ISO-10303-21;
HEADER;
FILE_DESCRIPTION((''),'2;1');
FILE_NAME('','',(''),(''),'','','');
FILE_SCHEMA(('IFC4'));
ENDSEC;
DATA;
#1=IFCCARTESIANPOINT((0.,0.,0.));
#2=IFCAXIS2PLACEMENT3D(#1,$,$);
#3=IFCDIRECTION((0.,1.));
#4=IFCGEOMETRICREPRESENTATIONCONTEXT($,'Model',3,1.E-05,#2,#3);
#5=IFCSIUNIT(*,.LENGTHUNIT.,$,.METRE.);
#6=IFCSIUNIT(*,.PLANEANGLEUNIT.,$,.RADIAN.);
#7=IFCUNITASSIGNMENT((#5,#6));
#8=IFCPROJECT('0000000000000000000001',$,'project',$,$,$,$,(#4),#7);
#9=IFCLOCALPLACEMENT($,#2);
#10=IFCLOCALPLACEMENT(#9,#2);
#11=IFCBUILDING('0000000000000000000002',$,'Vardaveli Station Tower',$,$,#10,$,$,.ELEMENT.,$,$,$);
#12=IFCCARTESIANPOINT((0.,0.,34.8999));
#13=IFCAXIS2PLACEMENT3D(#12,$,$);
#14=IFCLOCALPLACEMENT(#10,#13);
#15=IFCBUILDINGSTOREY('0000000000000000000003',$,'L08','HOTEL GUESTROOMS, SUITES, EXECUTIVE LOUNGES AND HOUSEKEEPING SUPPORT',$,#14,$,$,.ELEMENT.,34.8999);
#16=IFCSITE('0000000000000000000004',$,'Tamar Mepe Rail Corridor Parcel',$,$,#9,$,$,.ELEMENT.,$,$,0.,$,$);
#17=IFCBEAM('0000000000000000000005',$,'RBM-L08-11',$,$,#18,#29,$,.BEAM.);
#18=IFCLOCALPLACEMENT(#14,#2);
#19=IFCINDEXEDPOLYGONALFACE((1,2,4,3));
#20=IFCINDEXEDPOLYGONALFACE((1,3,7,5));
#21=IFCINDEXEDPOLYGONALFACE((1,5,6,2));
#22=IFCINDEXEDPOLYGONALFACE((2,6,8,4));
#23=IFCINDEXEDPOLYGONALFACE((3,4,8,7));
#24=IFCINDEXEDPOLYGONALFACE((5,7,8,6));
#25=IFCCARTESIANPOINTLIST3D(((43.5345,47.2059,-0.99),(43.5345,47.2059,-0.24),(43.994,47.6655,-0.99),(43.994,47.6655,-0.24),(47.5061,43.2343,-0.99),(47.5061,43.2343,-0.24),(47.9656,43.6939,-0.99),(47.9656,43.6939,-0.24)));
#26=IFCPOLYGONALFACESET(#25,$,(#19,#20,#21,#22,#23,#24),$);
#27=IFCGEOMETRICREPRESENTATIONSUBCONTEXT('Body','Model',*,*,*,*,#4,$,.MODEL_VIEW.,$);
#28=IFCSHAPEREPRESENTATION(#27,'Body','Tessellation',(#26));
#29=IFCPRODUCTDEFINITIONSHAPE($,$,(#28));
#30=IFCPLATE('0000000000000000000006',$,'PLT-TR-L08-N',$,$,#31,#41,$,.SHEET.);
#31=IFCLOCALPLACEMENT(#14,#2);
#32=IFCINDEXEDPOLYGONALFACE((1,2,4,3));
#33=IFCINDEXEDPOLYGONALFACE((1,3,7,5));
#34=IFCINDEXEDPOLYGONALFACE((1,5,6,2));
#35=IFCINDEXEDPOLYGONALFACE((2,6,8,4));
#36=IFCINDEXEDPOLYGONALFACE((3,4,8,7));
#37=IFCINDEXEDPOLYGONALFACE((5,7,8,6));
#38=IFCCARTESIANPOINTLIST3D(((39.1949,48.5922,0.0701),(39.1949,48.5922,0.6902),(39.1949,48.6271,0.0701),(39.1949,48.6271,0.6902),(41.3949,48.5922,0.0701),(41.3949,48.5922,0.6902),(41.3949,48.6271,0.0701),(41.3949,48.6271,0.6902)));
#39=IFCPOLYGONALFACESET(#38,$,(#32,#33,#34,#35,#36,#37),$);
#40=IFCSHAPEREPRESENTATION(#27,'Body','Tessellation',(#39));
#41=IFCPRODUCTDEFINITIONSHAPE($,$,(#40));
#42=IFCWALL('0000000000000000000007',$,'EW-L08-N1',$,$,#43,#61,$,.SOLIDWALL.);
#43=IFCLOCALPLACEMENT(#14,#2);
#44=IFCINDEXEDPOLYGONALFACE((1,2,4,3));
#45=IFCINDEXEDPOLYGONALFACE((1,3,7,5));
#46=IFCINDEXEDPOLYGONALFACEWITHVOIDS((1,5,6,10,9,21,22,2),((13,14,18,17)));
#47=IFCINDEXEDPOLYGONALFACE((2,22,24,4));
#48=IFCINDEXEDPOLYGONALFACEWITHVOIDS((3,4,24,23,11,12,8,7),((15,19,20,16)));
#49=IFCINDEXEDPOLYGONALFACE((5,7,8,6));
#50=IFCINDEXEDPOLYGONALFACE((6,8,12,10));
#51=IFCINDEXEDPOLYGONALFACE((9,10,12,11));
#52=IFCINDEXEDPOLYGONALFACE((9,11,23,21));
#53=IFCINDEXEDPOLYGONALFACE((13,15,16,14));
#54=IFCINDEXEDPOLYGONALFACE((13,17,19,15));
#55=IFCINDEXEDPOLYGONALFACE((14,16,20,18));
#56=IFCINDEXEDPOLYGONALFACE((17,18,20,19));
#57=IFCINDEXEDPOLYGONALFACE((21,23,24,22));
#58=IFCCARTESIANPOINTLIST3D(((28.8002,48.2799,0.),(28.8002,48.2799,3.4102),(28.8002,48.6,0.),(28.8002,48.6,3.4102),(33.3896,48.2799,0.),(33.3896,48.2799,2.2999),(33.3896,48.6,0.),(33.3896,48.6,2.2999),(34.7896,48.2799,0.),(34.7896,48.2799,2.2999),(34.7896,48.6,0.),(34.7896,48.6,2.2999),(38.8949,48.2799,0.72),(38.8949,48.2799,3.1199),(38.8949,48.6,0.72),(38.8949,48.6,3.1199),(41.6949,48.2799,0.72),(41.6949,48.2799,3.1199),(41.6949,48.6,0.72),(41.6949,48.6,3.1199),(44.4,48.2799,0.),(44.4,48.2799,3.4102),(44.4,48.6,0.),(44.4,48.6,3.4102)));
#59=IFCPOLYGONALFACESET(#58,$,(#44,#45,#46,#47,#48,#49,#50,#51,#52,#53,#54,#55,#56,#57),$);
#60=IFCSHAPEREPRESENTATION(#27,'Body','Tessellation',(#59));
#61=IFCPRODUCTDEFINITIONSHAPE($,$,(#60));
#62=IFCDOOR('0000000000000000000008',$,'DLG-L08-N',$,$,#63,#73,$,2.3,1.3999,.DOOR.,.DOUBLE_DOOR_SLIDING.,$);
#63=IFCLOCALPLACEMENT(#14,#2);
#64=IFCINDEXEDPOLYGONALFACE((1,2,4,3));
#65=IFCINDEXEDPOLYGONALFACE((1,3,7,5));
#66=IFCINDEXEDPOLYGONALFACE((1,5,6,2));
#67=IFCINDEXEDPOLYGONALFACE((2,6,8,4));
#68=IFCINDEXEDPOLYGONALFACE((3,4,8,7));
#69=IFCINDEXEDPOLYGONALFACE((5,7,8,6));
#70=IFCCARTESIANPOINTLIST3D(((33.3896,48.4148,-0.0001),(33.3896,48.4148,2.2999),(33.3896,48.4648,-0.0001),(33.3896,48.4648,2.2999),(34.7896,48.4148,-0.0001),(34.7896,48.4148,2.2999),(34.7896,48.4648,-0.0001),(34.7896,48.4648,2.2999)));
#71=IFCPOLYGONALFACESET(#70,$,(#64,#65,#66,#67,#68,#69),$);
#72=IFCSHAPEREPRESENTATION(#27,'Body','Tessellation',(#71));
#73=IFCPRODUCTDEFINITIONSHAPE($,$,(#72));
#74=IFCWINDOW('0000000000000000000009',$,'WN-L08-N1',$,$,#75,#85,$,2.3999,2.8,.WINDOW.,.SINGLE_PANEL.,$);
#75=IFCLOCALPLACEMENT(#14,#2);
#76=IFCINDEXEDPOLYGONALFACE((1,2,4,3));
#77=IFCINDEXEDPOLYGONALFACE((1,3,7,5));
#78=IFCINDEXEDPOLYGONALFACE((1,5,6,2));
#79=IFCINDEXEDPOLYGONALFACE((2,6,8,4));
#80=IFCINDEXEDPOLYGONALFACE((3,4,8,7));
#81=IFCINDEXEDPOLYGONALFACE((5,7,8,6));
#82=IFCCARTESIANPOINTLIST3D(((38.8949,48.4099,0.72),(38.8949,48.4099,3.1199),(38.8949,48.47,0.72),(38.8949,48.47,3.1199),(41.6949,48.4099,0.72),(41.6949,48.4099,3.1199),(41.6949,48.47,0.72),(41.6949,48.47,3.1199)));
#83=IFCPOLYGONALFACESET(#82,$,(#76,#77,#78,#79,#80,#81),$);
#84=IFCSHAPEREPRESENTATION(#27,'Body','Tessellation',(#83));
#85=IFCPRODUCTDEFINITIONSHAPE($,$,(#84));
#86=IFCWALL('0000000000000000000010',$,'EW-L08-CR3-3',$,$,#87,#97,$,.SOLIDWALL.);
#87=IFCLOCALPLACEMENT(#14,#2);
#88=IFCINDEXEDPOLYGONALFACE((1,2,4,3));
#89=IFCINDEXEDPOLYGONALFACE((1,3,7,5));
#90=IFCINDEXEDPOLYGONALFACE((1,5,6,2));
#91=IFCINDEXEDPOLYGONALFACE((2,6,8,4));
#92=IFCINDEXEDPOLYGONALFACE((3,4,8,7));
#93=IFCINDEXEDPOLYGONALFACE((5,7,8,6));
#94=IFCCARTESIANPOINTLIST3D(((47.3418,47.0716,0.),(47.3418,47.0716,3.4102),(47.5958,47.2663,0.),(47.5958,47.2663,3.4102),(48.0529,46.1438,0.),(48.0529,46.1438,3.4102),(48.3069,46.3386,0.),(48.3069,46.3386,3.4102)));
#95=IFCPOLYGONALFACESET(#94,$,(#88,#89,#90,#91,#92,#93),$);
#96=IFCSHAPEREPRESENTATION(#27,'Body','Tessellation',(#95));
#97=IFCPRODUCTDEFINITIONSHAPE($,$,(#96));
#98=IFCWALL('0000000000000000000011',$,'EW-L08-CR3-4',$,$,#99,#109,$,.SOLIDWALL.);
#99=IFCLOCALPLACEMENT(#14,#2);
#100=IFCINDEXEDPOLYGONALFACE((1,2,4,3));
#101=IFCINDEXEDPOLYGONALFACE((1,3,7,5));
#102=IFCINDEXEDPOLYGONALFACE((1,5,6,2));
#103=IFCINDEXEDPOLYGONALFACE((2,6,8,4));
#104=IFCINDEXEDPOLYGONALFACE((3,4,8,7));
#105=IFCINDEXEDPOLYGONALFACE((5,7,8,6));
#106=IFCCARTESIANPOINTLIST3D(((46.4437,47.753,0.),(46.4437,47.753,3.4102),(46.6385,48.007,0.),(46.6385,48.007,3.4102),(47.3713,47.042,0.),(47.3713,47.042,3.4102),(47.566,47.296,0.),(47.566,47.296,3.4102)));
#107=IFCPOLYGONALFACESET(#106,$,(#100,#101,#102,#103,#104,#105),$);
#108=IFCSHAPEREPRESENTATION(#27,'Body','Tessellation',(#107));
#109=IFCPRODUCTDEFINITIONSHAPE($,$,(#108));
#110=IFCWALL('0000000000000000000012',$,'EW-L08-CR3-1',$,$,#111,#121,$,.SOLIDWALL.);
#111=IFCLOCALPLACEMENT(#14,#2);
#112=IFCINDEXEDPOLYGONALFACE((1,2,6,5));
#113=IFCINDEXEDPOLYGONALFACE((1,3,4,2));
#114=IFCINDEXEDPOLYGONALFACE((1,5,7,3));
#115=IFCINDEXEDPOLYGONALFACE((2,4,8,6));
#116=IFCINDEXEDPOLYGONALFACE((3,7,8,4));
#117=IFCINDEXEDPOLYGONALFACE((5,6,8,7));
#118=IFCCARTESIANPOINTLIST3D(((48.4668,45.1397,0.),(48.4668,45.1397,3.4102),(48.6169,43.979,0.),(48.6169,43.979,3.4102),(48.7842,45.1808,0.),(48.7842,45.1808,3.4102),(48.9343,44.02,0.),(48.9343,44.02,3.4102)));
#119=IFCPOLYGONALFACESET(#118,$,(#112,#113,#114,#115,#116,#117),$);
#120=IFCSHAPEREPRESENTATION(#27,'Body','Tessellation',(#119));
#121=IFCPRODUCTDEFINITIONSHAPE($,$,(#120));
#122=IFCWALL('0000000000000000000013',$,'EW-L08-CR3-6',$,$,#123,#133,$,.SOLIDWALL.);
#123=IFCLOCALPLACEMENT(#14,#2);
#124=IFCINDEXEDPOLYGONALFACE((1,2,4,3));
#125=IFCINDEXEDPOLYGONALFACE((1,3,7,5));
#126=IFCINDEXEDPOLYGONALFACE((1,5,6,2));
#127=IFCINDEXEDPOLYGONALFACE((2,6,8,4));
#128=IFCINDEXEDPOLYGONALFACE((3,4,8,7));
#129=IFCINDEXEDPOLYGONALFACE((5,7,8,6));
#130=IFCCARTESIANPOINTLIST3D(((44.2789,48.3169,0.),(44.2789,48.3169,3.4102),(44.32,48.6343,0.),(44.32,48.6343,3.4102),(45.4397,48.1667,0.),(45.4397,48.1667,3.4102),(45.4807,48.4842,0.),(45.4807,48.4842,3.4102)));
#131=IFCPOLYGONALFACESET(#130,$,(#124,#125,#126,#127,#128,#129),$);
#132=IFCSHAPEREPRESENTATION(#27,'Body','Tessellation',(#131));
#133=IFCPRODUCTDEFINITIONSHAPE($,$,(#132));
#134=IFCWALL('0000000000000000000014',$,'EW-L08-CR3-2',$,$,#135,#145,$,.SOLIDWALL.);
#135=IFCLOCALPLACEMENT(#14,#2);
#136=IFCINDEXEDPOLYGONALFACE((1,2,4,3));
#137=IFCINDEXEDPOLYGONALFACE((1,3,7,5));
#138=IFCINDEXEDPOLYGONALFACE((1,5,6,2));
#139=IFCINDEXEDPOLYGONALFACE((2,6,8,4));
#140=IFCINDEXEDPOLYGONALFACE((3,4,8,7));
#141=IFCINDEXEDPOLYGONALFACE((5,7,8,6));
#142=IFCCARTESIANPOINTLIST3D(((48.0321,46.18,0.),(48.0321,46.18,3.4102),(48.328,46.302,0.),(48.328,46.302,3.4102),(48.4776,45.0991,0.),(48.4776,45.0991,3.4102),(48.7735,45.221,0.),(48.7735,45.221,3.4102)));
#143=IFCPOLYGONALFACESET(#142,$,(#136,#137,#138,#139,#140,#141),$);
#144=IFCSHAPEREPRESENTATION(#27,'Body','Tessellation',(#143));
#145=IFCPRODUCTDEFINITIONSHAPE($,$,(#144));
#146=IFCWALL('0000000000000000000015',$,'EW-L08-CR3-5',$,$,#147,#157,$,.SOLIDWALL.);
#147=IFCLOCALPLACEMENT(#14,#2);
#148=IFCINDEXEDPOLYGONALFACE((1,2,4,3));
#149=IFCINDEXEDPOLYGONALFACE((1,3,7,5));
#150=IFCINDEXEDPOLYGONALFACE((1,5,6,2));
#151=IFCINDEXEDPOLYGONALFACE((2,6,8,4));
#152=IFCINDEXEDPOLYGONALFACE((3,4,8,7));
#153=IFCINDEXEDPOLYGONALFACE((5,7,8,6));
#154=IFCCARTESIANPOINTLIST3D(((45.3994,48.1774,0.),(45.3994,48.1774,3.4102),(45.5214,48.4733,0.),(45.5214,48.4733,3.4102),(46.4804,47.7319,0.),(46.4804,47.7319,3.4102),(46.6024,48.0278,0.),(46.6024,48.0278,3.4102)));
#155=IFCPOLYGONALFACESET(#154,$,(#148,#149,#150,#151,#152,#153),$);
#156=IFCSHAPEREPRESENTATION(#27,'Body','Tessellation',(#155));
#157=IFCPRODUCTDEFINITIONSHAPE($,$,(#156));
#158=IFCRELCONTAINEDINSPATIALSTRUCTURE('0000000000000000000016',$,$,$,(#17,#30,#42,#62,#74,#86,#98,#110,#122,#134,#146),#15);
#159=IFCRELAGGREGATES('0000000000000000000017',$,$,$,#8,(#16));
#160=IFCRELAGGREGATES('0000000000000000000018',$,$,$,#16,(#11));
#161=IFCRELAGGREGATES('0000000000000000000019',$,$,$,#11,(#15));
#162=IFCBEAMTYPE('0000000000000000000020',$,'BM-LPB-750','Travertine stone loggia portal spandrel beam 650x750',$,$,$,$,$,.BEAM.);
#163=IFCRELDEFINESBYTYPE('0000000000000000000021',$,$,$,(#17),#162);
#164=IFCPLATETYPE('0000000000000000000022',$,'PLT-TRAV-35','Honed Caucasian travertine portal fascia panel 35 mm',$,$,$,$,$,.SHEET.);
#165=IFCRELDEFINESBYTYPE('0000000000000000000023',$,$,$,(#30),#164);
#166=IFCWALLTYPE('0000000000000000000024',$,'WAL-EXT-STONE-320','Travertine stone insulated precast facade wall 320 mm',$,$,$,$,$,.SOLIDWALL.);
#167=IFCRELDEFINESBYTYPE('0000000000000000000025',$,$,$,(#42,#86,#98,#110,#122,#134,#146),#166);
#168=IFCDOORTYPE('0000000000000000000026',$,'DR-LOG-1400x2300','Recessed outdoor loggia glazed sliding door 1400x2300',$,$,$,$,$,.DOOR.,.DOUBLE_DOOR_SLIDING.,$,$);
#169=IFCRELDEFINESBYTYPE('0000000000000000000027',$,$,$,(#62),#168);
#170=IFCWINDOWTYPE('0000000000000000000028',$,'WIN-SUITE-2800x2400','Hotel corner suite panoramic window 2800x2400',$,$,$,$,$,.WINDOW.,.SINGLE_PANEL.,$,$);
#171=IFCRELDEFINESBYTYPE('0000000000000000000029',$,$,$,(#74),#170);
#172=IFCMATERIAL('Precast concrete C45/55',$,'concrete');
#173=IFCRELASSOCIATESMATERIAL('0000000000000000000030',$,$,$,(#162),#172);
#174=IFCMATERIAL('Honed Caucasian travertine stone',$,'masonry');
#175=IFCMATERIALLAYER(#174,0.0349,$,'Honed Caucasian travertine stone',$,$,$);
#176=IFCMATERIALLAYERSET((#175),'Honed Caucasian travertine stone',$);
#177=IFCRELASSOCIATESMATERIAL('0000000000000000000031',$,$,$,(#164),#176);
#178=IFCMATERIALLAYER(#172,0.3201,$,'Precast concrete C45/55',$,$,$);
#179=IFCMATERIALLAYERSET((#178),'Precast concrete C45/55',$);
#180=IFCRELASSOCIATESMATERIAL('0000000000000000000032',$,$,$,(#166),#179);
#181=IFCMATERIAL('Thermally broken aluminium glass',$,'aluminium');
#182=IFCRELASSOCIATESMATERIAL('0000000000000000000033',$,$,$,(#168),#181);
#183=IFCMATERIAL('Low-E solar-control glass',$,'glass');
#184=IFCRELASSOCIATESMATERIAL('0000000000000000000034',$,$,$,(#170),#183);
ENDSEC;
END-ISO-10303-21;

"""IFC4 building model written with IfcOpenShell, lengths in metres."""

from ifc_helpers import new_model, si_unit, direction, frame, frame_2d, origin, origin_2d, place, context, subcontext, project, spatial, rectangle, extrude, source, transform, mapped, material, layer, layer_set, material_profile, profile_set, type_object, element, fill, save


model = new_model("IFC4")

# Units and contexts
model_context = context("Model", 3, precision=1e-05, world=origin(), true_north=direction((0.0, 1.0)))
body_context = subcontext(model_context, "Body", "Model", "MODEL_VIEW")
ifc_project = project(units=[si_unit("LENGTHUNIT", "METRE"), si_unit("PLANEANGLEUNIT", "RADIAN")], contexts=[model_context])

# Site, building, storey
site_placement = place(None, origin())
site = spatial("IfcSite", under=ifc_project, at=site_placement, Name="Tamar Mepe Rail Corridor Parcel", CompositionType="ELEMENT", RefElevation=0.0)
building_placement = place(site_placement, origin())
building = spatial("IfcBuilding", under=site, at=building_placement, Name="Vardaveli Station Tower", CompositionType="ELEMENT")
storey_placement = place(building_placement, frame((0.0, 0.0, 34.8999)))
storey = spatial("IfcBuildingStorey", under=building, at=storey_placement, Name="L08", Description="HOTEL GUESTROOMS, SUITES, EXECUTIVE LOUNGES AND HOUSEKEEPING SUPPORT", CompositionType="ELEMENT", Elevation=34.8999)

# Beam
ifc_material_1 = material(Name="Precast concrete C45/55", Category="concrete")
ifc_material_profile_1 = material_profile(ifc_material_1, rectangle(XDim=0.6499, YDim=0.75, at=origin_2d()), Name="LPB 650x750")
ifc_profile_set_1 = profile_set([ifc_material_profile_1], Name="Precast concrete C45/55")
beam_type = type_object("IfcBeamType", Name="BM-LPB-750", Description="Travertine stone loggia portal spandrel beam 650x750", PredefinedType="BEAM", material=ifc_profile_set_1)
shared_shape_1 = source(origin(), body_context, "Body", "SweptSolid", [
    extrude(rectangle(XDim=0.6499, YDim=0.75, at=origin_2d()), origin(), (0.0, 0.0, 1.0), 5.6167),
])
beam_placement = place(storey_placement, frame((47.7358, 43.4641, -0.615), z_axis=(-0.707107, 0.707107, 0.0), x_axis=(-0.707107, -0.707107, 0.0)))
element("IfcBeam", 1, at=beam_placement, inside=storey, type_object=beam_type, Name="RBM-L08-11", PredefinedType="BEAM", context=body_context, shape_type="MappedRepresentation", body=[
    mapped(shared_shape_1, transform((0.0, 0.0, 0.0), scale=1.0)),
])

# Plate
ifc_material_2 = material(Name="Honed Caucasian travertine stone", Category="masonry")
ifc_layer_1 = layer(ifc_material_2, 0.0349, Name="Honed Caucasian travertine stone")
ifc_layer_set_1 = layer_set([ifc_layer_1], Name="Honed Caucasian travertine stone")
plate_type = type_object("IfcPlateType", Name="PLT-TRAV-35", Description="Honed Caucasian travertine portal fascia panel 35 mm", PredefinedType="SHEET", material=ifc_layer_set_1)
shared_shape_2 = source(origin(), body_context, "Body", "SweptSolid", [
    extrude(rectangle(XDim=2.2, YDim=0.0349, at=origin_2d()), origin(), (0.0, 0.0, 1.0), 0.6201),
])
plate_placement = place(storey_placement, frame((40.2949, 48.6096, 0.0701), z_axis=(0.0, 0.0, 1.0), x_axis=(1.0, 0.0, 0.0)))
element("IfcPlate", 2, at=plate_placement, inside=storey, type_object=plate_type, Name="PLT-TR-L08-N", PredefinedType="SHEET", context=body_context, shape_type="MappedRepresentation", body=[
    mapped(shared_shape_2, transform((0.0, 0.0, 0.0), scale=1.0)),
])

# Wall, openings, door, window
ifc_layer_2 = layer(ifc_material_1, 0.3201, Name="Precast concrete C45/55")
ifc_layer_set_2 = layer_set([ifc_layer_2], Name="Precast concrete C45/55")
wall_type_1 = type_object("IfcWallType", Name="WAL-EXT-STONE-320", Description="Travertine stone insulated precast facade wall 320 mm", PredefinedType="SOLIDWALL", material=ifc_layer_set_2)
shared_shape_3 = source(origin(), body_context, "Body", "SweptSolid", [
    extrude(rectangle(XDim=15.5999, YDim=0.3201, at=frame_2d((7.7998, 0.0))), origin(), (0.0, 0.0, 1.0), 3.4102),
])
wall_1_placement = place(storey_placement, frame((44.3999, 48.4399, 0.0), z_axis=(0.0, 0.0, 1.0), x_axis=(-1.0, 0.0, 0.0)))
wall_1 = element("IfcWall", 3, at=wall_1_placement, inside=storey, type_object=wall_type_1, Name="EW-L08-N1", PredefinedType="SOLIDWALL", context=body_context, shape_type="MappedRepresentation", body=[
    mapped(shared_shape_3, transform((0.0, 0.0, 0.0), scale=1.0)),
])
shared_shape_4 = source(origin(), body_context, "Body", "SweptSolid", [
    extrude(rectangle(XDim=1.3999, YDim=2.3, at=frame_2d((0.7, 1.1499))), frame((0.0, 0.1699, 0.0), z_axis=(0.0, -1.0, 0.0), x_axis=(1.0, 0.0, 0.0)), (0.0, 0.0, 1.0), 0.3401),
])
opening_1_placement = place(wall_1_placement, frame((9.6104, 0.0, 0.0)))
opening_1 = element("IfcOpeningElement", 4, at=opening_1_placement, cuts=wall_1, PredefinedType="OPENING", context=body_context, shape_type="MappedRepresentation", body=[
    mapped(shared_shape_4, transform((0.0, 0.0, 0.0), scale=1.0)),
])
shared_shape_5 = source(origin(), body_context, "Body", "SweptSolid", [
    extrude(rectangle(XDim=2.8, YDim=2.3999, at=frame_2d((1.3999, 1.2))), frame((0.0, 0.1699, 0.0), z_axis=(0.0, -1.0, 0.0), x_axis=(1.0, 0.0, 0.0)), (0.0, 0.0, 1.0), 0.3401),
])
opening_2_placement = place(wall_1_placement, frame((2.7051, 0.0, 0.72)))
opening_2 = element("IfcOpeningElement", 5, at=opening_2_placement, cuts=wall_1, PredefinedType="OPENING", context=body_context, shape_type="MappedRepresentation", body=[
    mapped(shared_shape_5, transform((0.0, 0.0, 0.0), scale=1.0)),
])
ifc_material_3 = material(Name="Thermally broken aluminium glass", Category="aluminium")
door_type = type_object("IfcDoorType", Name="DR-LOG-1400x2300", Description="Recessed outdoor loggia glazed sliding door 1400x2300", OperationType="DOUBLE_DOOR_SLIDING", PredefinedType="DOOR", material=ifc_material_3)
shared_shape_6 = source(origin(), body_context, "Body", "SweptSolid", [
    extrude(rectangle(XDim=1.3999, YDim=2.3, at=frame_2d((0.7, 1.1499))), frame((0.0, 0.0249, 0.0), z_axis=(0.0, -1.0, 0.0), x_axis=(1.0, 0.0, 0.0)), (0.0, 0.0, 1.0), 0.05),
])
door_placement = place(opening_1_placement, frame((1.3999, 0.0, 0.0), z_axis=(0.0, 0.0, 1.0), x_axis=(-1.0, 0.0, 0.0)))
door = element("IfcDoor", 6, at=door_placement, inside=storey, type_object=door_type, Name="DLG-L08-N", OperationType="DOUBLE_DOOR_SLIDING", OverallHeight=2.3, OverallWidth=1.3999, PredefinedType="DOOR", context=body_context, shape_type="MappedRepresentation", body=[
    mapped(shared_shape_6, transform((0.0, 0.0, 0.0), scale=1.0)),
])
fill(opening_1, door)
ifc_material_4 = material(Name="Low-E solar-control glass", Category="glass")
window_type = type_object("IfcWindowType", Name="WIN-SUITE-2800x2400", Description="Hotel corner suite panoramic window 2800x2400", PartitioningType="SINGLE_PANEL", PredefinedType="WINDOW", material=ifc_material_4)
shared_shape_7 = source(origin(), body_context, "Body", "SweptSolid", [
    extrude(rectangle(XDim=2.8, YDim=2.3999, at=frame_2d((1.3999, 1.2))), frame((0.0, 0.03, 0.0), z_axis=(0.0, -1.0, 0.0), x_axis=(1.0, 0.0, 0.0)), (0.0, 0.0, 1.0), 0.0601),
])
window_placement = place(opening_2_placement, origin())
window = element("IfcWindow", 7, at=window_placement, inside=storey, type_object=window_type, Name="WN-L08-N1", OverallHeight=2.3999, OverallWidth=2.8, PartitioningType="SINGLE_PANEL", PredefinedType="WINDOW", context=body_context, shape_type="MappedRepresentation", body=[
    mapped(shared_shape_7, transform((0.0, 0.0, 0.0), scale=1.0)),
])
fill(opening_2, window)

# Walls
shared_shape_8 = source(origin(), body_context, "Body", "SweptSolid", [
    extrude(rectangle(XDim=1.1689, YDim=0.3201, at=frame_2d((0.5845, 0.0))), origin(), (0.0, 0.0, 1.0), 3.4102),
])
wall_2_placement = place(storey_placement, frame((48.1799, 46.2412, 0.0), z_axis=(0.0, 0.0, 1.0), x_axis=(-0.608388, 0.79364, 0.0)))
element("IfcWall", 8, at=wall_2_placement, inside=storey, type_object=wall_type_1, Name="EW-L08-CR3-3", PredefinedType="SOLIDWALL", context=body_context, shape_type="MappedRepresentation", body=[
    mapped(shared_shape_8, transform((0.0, 0.0, 0.0), scale=1.0)),
])
shared_shape_9 = source(origin(), body_context, "Body", "SweptSolid", [
    extrude(rectangle(XDim=1.1687, YDim=0.3201, at=frame_2d((0.5845, 0.0))), origin(), (0.0, 0.0, 1.0), 3.4102),
])
wall_3_placement = place(storey_placement, frame((47.4688, 47.1689, 0.0), z_axis=(0.0, 0.0, 1.0), x_axis=(-0.793664, 0.608357, 0.0)))
element("IfcWall", 9, at=wall_3_placement, inside=storey, type_object=wall_type_1, Name="EW-L08-CR3-4", PredefinedType="SOLIDWALL", context=body_context, shape_type="MappedRepresentation", body=[
    mapped(shared_shape_9, transform((0.0, 0.0, 0.0), scale=1.0)),
])
shared_shape_10 = source(origin(), body_context, "Body", "SweptSolid", [
    extrude(rectangle(XDim=1.1704, YDim=0.3201, at=frame_2d((0.5852, 0.0))), origin(), (0.0, 0.0, 1.0), 3.4102),
])
for number, where, z_axis, x_axis, name in (
    (10, (48.7756, 43.9995, 0.0), (0.0, 0.0, 1.0), (-0.128296, 0.991736, 0.0), "EW-L08-CR3-1"),
    (11, (45.4602, 48.3254, 0.0), (0.0, 0.0, 1.0), (-0.991736, 0.128296, 0.0), "EW-L08-CR3-6"),
):
    element("IfcWall", number, at=place(storey_placement, frame(where, z_axis=z_axis, x_axis=x_axis)), inside=storey, type_object=wall_type_1, Name=name, PredefinedType="SOLIDWALL", context=body_context, shape_type="MappedRepresentation", body=[
        mapped(shared_shape_10, transform((0.0, 0.0, 0.0), scale=1.0)),
    ])
shared_shape_11 = source(origin(), body_context, "Body", "SweptSolid", [
    extrude(rectangle(XDim=1.1692, YDim=0.3201, at=frame_2d((0.5845, 0.0))), origin(), (0.0, 0.0, 1.0), 3.4102),
])
for number, where, z_axis, x_axis, name in (
    (12, (48.6255, 45.1602, 0.0), (0.0, 0.0, 1.0), (-0.381054, 0.924553, 0.0), "EW-L08-CR3-2"),
    (13, (46.5413, 47.8799, 0.0), (0.0, 0.0, 1.0), (-0.924553, 0.381054, 0.0), "EW-L08-CR3-5"),
):
    element("IfcWall", number, at=place(storey_placement, frame(where, z_axis=z_axis, x_axis=x_axis)), inside=storey, type_object=wall_type_1, Name=name, PredefinedType="SOLIDWALL", context=body_context, shape_type="MappedRepresentation", body=[
        mapped(shared_shape_11, transform((0.0, 0.0, 0.0), scale=1.0)),
    ])

save(model, "model.ifc")
